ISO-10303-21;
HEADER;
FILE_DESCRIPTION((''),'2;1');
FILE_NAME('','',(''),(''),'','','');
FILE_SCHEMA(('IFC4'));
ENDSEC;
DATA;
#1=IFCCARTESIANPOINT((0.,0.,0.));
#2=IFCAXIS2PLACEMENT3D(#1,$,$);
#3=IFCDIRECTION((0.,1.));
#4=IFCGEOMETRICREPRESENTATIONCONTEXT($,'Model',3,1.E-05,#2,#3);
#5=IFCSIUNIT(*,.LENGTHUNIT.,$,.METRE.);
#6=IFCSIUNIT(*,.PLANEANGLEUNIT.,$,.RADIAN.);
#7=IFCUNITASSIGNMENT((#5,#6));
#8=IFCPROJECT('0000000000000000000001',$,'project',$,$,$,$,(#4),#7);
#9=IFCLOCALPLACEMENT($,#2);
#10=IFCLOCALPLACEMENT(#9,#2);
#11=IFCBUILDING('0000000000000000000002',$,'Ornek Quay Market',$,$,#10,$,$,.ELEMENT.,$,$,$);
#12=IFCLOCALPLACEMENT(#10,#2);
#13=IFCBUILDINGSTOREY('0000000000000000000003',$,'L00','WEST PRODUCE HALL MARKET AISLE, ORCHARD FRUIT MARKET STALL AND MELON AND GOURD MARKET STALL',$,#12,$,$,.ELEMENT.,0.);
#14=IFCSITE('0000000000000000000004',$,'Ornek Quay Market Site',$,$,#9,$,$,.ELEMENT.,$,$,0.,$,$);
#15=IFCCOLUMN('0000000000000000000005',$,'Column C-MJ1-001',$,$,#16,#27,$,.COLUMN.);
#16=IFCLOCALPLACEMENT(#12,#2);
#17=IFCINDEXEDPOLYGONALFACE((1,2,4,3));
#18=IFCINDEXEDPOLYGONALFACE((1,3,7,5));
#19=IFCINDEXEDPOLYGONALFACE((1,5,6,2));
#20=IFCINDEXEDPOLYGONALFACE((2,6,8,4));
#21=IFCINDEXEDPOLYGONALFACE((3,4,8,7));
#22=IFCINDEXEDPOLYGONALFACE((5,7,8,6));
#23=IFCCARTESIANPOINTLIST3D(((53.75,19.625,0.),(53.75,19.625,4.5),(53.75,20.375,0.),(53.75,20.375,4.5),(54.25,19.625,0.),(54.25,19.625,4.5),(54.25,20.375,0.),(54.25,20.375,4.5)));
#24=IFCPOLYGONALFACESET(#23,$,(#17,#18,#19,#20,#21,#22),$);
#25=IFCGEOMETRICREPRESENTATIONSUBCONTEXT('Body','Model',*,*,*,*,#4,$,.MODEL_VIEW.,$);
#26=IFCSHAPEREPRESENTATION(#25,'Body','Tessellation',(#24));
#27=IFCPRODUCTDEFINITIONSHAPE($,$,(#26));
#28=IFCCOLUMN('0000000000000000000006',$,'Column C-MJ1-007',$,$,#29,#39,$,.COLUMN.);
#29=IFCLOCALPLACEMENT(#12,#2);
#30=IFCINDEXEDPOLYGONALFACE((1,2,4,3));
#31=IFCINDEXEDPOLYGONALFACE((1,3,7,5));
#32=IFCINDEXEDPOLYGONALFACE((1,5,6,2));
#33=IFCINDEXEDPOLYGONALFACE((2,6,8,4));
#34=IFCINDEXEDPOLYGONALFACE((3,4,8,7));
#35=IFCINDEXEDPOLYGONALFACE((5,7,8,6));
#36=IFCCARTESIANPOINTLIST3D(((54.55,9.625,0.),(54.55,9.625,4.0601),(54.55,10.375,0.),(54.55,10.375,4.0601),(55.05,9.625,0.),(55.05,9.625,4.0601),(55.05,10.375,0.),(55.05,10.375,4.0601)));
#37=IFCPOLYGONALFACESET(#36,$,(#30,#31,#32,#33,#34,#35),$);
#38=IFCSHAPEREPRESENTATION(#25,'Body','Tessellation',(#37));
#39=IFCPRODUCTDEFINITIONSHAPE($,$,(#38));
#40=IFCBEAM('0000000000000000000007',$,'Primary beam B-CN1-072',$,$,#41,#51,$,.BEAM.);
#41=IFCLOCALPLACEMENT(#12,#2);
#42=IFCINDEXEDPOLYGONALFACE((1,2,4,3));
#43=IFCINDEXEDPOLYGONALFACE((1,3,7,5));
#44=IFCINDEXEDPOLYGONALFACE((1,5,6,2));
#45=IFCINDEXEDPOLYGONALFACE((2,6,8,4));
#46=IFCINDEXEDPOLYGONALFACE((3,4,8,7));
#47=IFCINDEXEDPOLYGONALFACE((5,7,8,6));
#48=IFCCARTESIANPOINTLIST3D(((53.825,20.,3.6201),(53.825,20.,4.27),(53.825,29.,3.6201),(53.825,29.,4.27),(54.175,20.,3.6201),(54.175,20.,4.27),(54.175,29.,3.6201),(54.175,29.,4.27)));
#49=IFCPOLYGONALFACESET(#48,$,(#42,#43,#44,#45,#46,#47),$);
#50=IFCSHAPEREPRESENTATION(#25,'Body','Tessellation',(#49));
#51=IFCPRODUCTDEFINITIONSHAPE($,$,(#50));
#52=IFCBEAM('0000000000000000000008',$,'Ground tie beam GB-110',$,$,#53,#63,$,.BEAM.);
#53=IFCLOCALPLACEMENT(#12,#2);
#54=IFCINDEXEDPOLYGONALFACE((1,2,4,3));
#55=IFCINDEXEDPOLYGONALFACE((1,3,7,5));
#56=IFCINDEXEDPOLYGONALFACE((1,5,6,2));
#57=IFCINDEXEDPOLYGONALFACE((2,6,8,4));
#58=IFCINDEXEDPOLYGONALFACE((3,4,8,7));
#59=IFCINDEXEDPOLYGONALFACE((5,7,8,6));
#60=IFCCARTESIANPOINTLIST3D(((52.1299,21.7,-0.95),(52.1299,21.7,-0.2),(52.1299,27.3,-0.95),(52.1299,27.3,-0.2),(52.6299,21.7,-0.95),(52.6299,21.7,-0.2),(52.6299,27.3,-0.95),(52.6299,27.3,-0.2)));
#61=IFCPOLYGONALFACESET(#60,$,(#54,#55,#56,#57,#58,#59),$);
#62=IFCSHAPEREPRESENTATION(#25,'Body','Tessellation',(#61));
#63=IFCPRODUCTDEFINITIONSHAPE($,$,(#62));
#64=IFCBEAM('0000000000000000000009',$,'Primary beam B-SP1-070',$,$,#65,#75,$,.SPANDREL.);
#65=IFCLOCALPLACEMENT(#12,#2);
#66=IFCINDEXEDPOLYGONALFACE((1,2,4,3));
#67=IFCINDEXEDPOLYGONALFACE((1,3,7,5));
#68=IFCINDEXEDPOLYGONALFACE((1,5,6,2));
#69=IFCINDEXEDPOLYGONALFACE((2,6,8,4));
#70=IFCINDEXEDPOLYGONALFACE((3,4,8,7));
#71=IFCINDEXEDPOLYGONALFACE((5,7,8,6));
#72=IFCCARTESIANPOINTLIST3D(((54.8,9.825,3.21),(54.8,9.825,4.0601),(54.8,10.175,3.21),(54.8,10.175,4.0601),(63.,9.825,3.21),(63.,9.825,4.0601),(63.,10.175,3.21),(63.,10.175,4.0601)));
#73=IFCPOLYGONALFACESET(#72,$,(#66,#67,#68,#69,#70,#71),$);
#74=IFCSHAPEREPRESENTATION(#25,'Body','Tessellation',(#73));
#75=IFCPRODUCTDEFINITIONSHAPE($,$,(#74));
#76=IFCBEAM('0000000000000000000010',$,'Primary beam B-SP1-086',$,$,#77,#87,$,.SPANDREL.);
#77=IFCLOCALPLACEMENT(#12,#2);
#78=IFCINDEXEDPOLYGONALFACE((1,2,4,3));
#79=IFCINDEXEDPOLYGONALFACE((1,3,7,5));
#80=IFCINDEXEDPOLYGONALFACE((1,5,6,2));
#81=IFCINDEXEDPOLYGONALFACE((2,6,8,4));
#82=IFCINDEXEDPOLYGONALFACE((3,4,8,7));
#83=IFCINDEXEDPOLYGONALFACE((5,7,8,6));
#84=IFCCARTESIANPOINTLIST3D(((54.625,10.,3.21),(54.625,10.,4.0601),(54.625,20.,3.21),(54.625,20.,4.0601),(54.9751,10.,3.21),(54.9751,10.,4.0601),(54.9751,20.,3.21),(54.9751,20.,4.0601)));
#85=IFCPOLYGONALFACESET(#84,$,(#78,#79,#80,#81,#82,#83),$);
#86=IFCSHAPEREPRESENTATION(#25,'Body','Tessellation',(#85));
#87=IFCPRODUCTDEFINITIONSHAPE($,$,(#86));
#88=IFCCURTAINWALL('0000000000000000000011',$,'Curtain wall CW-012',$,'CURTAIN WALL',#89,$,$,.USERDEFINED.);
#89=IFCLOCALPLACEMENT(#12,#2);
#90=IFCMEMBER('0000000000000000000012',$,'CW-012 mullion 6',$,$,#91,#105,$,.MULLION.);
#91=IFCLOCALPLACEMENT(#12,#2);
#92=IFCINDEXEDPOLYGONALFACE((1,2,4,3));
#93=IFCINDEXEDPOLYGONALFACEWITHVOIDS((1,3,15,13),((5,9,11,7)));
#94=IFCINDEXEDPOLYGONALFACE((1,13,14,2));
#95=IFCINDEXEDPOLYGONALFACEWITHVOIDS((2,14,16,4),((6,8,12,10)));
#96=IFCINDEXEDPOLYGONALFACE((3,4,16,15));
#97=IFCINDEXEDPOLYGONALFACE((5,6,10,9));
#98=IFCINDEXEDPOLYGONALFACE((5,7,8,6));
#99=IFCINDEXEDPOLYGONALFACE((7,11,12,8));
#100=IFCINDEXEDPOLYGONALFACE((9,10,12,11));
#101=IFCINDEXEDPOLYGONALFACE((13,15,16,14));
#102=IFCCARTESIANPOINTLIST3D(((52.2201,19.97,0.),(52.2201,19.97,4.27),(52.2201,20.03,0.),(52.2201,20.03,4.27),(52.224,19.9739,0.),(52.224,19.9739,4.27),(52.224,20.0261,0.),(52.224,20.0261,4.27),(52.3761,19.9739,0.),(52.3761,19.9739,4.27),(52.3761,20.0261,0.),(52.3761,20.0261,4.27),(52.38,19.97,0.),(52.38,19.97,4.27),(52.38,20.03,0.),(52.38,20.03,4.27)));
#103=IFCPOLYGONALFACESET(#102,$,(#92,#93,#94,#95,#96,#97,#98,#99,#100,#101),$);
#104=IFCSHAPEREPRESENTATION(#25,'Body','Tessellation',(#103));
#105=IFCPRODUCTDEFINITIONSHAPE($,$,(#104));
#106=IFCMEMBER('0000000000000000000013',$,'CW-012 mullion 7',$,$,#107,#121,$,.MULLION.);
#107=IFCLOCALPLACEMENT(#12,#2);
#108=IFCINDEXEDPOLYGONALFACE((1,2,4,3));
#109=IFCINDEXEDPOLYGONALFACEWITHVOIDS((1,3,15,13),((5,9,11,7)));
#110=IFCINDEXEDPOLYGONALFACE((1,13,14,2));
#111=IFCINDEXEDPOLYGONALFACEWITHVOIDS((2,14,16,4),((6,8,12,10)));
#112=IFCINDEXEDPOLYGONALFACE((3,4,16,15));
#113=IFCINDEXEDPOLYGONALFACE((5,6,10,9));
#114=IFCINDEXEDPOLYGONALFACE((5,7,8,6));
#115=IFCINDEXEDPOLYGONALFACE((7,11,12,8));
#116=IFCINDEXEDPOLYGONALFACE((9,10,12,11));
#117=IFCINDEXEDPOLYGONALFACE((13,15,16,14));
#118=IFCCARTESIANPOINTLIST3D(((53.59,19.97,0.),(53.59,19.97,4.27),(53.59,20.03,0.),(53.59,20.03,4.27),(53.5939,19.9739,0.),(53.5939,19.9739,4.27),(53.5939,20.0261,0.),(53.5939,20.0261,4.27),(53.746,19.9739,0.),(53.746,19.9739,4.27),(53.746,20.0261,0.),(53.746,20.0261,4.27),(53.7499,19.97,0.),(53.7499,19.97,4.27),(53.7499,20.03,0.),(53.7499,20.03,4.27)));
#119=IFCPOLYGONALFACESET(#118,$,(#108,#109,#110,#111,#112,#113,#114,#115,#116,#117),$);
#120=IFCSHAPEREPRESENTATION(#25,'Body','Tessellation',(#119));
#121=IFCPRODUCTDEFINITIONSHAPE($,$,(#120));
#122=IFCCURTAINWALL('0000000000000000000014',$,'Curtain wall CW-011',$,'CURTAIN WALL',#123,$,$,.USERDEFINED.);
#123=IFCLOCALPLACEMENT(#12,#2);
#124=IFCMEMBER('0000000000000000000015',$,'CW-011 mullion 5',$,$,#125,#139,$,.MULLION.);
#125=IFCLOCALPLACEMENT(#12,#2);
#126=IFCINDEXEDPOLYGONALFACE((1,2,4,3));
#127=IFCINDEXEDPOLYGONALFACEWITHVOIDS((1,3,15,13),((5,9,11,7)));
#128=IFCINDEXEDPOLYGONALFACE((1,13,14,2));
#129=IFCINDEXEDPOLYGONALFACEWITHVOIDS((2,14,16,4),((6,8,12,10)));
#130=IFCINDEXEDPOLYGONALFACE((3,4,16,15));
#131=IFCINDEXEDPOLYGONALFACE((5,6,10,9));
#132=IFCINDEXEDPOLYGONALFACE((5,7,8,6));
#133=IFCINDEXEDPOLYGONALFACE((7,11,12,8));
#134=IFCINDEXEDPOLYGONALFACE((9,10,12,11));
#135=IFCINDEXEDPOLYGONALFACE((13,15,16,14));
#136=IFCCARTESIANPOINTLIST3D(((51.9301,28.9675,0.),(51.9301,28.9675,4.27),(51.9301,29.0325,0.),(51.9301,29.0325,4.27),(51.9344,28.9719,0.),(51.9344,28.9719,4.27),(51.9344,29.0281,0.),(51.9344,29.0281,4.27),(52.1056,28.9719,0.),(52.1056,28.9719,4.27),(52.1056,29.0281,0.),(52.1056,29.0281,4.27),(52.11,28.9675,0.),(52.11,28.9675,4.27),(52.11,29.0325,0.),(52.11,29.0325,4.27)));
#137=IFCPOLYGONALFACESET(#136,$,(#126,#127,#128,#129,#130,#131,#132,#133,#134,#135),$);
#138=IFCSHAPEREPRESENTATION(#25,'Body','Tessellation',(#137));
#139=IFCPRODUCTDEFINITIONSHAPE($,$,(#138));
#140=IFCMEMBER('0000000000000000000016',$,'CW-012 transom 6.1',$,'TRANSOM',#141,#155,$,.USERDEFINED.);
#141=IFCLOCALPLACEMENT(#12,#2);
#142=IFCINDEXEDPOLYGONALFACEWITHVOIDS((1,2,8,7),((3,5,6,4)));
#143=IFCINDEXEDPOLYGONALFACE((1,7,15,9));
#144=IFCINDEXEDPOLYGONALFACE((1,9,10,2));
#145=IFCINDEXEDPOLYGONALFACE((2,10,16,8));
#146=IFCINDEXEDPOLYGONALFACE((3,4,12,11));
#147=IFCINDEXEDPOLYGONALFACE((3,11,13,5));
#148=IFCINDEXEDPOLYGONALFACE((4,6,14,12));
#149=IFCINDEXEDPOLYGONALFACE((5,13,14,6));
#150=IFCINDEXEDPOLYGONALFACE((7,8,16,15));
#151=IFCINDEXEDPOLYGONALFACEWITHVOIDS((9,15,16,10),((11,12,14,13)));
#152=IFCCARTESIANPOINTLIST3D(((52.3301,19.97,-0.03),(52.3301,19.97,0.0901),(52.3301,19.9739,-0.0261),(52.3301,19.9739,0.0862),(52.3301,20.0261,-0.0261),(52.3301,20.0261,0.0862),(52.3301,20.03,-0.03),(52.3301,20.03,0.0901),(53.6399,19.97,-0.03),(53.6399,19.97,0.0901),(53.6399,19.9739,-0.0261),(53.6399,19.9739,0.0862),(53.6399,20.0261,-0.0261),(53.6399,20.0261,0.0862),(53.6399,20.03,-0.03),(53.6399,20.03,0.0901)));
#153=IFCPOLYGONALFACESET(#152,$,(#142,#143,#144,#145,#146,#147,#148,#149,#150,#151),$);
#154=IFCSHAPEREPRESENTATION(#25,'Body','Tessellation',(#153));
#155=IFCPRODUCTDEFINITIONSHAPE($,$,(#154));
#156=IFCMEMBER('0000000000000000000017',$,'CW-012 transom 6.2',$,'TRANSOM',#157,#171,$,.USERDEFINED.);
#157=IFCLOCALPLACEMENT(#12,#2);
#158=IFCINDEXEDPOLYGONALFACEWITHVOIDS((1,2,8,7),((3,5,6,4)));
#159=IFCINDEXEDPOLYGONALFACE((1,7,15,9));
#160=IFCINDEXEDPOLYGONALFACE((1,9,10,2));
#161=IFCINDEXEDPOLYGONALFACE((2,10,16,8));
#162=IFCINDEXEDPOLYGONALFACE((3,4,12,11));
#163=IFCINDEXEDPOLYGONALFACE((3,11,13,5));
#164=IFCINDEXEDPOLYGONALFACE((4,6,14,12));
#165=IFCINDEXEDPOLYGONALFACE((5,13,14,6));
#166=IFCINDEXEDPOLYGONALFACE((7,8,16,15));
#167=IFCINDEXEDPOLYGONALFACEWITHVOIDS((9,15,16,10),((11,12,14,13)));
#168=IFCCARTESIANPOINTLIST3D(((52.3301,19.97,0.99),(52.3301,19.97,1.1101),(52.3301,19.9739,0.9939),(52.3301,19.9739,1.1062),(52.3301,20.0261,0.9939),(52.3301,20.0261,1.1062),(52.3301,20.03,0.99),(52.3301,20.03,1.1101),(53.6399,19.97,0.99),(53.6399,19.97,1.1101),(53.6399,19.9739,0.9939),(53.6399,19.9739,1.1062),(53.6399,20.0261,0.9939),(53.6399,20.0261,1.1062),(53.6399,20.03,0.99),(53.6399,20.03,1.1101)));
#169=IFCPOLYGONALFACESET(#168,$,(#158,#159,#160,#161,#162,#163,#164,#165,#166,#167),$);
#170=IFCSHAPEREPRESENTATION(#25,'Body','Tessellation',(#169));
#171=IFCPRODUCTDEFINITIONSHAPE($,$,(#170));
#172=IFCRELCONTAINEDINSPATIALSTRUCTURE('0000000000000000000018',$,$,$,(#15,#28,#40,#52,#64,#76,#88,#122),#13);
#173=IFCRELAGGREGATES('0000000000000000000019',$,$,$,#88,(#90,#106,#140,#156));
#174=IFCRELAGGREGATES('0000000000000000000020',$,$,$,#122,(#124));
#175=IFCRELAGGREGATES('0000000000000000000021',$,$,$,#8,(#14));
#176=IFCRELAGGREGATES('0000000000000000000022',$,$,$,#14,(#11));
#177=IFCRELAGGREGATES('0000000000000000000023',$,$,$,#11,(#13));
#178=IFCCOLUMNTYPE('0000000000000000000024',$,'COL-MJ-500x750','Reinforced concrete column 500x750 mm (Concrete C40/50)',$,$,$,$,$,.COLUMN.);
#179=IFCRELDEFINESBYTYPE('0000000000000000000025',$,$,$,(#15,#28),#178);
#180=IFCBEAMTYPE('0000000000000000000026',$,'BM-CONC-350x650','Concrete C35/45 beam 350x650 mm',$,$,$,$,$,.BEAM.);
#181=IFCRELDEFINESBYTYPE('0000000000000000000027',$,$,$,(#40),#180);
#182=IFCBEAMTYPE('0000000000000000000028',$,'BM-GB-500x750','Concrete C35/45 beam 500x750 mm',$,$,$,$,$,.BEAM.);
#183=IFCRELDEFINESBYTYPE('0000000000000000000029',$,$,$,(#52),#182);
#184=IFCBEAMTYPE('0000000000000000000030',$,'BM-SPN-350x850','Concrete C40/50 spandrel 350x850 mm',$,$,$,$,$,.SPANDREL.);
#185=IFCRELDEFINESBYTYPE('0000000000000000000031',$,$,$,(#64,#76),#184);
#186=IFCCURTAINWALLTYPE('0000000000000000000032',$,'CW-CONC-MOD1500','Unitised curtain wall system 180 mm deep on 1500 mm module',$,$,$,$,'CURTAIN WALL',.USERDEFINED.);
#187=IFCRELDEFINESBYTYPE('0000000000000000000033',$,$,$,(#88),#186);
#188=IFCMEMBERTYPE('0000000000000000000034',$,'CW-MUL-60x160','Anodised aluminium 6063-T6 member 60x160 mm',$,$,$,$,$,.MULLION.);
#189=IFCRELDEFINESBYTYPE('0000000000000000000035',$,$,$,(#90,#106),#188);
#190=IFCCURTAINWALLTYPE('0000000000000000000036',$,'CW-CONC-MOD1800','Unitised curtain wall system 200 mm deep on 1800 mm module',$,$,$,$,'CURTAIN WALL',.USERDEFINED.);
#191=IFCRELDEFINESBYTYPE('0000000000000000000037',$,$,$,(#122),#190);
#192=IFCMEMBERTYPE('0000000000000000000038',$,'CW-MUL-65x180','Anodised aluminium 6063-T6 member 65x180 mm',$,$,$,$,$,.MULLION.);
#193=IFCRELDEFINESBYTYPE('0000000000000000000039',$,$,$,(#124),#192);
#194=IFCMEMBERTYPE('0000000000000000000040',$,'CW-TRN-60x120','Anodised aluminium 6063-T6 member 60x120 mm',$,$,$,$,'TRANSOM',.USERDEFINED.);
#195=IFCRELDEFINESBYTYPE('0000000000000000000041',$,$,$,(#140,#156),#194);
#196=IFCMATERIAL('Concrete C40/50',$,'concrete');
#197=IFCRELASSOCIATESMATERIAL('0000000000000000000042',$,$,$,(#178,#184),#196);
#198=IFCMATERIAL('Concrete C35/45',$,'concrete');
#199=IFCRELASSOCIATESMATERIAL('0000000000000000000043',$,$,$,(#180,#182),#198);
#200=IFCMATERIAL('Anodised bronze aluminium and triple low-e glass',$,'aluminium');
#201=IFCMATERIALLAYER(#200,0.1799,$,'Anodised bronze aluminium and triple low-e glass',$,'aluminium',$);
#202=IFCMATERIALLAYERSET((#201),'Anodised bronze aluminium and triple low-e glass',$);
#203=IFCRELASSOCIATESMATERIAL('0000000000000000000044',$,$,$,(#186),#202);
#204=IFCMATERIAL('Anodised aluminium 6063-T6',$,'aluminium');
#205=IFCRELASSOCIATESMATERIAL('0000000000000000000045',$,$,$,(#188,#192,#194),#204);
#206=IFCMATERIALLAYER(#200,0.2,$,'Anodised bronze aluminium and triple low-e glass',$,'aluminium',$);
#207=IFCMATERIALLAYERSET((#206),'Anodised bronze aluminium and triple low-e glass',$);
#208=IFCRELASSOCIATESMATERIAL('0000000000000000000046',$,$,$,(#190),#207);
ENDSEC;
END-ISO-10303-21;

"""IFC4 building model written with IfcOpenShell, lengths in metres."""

from ifc_helpers import new_model, si_unit, direction, frame, origin, origin_2d, place, context, subcontext, project, spatial, rectangle, hollow_rectangle, extrude, material, layer, layer_set, material_profile, profile_set, type_object, element, aggregate, save


model = new_model("IFC4")

# Units and contexts
model_context = context("Model", 3, precision=1e-05, world=origin(), true_north=direction((0.0, 1.0)))
body_context = subcontext(model_context, "Body", "Model", "MODEL_VIEW")
ifc_project = project(units=[si_unit("LENGTHUNIT", "METRE"), si_unit("PLANEANGLEUNIT", "RADIAN")], contexts=[model_context])

# Site, building, storey
site_placement = place(None, origin())
site = spatial("IfcSite", under=ifc_project, at=site_placement, Name="Ornek Quay Market Site", CompositionType="ELEMENT", RefElevation=0.0)
building_placement = place(site_placement, origin())
building = spatial("IfcBuilding", under=site, at=building_placement, Name="Ornek Quay Market", CompositionType="ELEMENT")
storey_placement = place(building_placement, origin())
storey = spatial("IfcBuildingStorey", under=building, at=storey_placement, Name="L00", Description="WEST PRODUCE HALL MARKET AISLE, ORCHARD FRUIT MARKET STALL AND MELON AND GOURD MARKET STALL", CompositionType="ELEMENT", Elevation=0.0)

# Shared definitions
ifc_material_1 = material(Name="Concrete C35/45", Category="concrete")

# Columns
ifc_material_2 = material(Name="Concrete C40/50", Category="concrete")
ifc_material_profile_1 = material_profile(ifc_material_2, rectangle(XDim=0.5, YDim=0.75, at=origin_2d()), Name="RC 500x750", Category="concrete")
ifc_profile_set_1 = profile_set([ifc_material_profile_1], Name="Concrete C40/50")
column_type = type_object("IfcColumnType", Name="COL-MJ-500x750", Description="Reinforced concrete column 500x750 mm (Concrete C40/50)", PredefinedType="COLUMN", material=ifc_profile_set_1)
column_1_placement = place(storey_placement, frame((54.0, 20.0, 0.0), z_axis=(0.0, 0.0, 1.0), x_axis=(1.0, 0.0, 0.0)))
element("IfcColumn", 1, at=column_1_placement, inside=storey, type_object=column_type, Name="Column C-MJ1-001", PredefinedType="COLUMN", context=body_context, shape_type="SweptSolid", body=[
    extrude(rectangle(XDim=0.5, YDim=0.75, at=origin_2d()), origin(), (0.0, 0.0, 1.0), 4.5),
])
column_2_placement = place(storey_placement, frame((54.8, 10.0, 0.0), z_axis=(0.0, 0.0, 1.0), x_axis=(1.0, 0.0, 0.0)))
element("IfcColumn", 2, at=column_2_placement, inside=storey, type_object=column_type, Name="Column C-MJ1-007", PredefinedType="COLUMN", context=body_context, shape_type="SweptSolid", body=[
    extrude(rectangle(XDim=0.5, YDim=0.75, at=origin_2d()), origin(), (0.0, 0.0, 1.0), 4.0601),
])

# Beams
ifc_material_profile_2 = material_profile(ifc_material_1, rectangle(XDim=0.3501, YDim=0.6499, at=origin_2d()), Name="RC 350x650", Category="concrete")
ifc_profile_set_2 = profile_set([ifc_material_profile_2], Name="Concrete C35/45")
beam_type_1 = type_object("IfcBeamType", Name="BM-CONC-350x650", Description="Concrete C35/45 beam 350x650 mm", PredefinedType="BEAM", material=ifc_profile_set_2)
beam_1_placement = place(storey_placement, frame((54.0, 20.0, 3.9451), z_axis=(0.0, 1.0, 0.0), x_axis=(-1.0, 0.0, 0.0)))
element("IfcBeam", 3, at=beam_1_placement, inside=storey, type_object=beam_type_1, Name="Primary beam B-CN1-072", PredefinedType="BEAM", context=body_context, shape_type="SweptSolid", body=[
    extrude(rectangle(XDim=0.3501, YDim=0.6499, at=origin_2d()), origin(), (0.0, 0.0, 1.0), 9.0),
])
ifc_material_profile_3 = material_profile(ifc_material_1, rectangle(XDim=0.5, YDim=0.75, at=origin_2d()), Name="RC 500x750", Category="concrete")
ifc_profile_set_3 = profile_set([ifc_material_profile_3], Name="Concrete C35/45")
beam_type_2 = type_object("IfcBeamType", Name="BM-GB-500x750", Description="Concrete C35/45 beam 500x750 mm", PredefinedType="BEAM", material=ifc_profile_set_3)
beam_2_placement = place(storey_placement, frame((52.3799, 21.7, -0.575), z_axis=(0.0, 1.0, 0.0), x_axis=(-1.0, 0.0, 0.0)))
element("IfcBeam", 4, at=beam_2_placement, inside=storey, type_object=beam_type_2, Name="Ground tie beam GB-110", PredefinedType="BEAM", context=body_context, shape_type="SweptSolid", body=[
    extrude(rectangle(XDim=0.5, YDim=0.75, at=origin_2d()), origin(), (0.0, 0.0, 1.0), 5.6001),
])
ifc_material_profile_4 = material_profile(ifc_material_2, rectangle(XDim=0.3501, YDim=0.8501, at=origin_2d()), Name="RC 350x850", Category="concrete")
ifc_profile_set_4 = profile_set([ifc_material_profile_4], Name="Concrete C40/50")
beam_type_3 = type_object("IfcBeamType", Name="BM-SPN-350x850", Description="Concrete C40/50 spandrel 350x850 mm", PredefinedType="SPANDREL", material=ifc_profile_set_4)
beam_3_placement = place(storey_placement, frame((54.8, 10.0, 3.635), z_axis=(1.0, 0.0, 0.0), x_axis=(0.0, 1.0, 0.0)))
element("IfcBeam", 5, at=beam_3_placement, inside=storey, type_object=beam_type_3, Name="Primary beam B-SP1-070", PredefinedType="SPANDREL", context=body_context, shape_type="SweptSolid", body=[
    extrude(rectangle(XDim=0.3501, YDim=0.8501, at=origin_2d()), origin(), (0.0, 0.0, 1.0), 8.2),
])
beam_4_placement = place(storey_placement, frame((54.8, 10.0, 3.635), z_axis=(0.0, 1.0, 0.0), x_axis=(-1.0, 0.0, 0.0)))
element("IfcBeam", 6, at=beam_4_placement, inside=storey, type_object=beam_type_3, Name="Primary beam B-SP1-086", PredefinedType="SPANDREL", context=body_context, shape_type="SweptSolid", body=[
    extrude(rectangle(XDim=0.3501, YDim=0.8501, at=origin_2d()), origin(), (0.0, 0.0, 1.0), 10.0),
])

# Curtain wall, members
ifc_material_3 = material(Name="Anodised bronze aluminium and triple low-e glass", Category="aluminium")
ifc_layer_1 = layer(ifc_material_3, 0.1799, Name="Anodised bronze aluminium and triple low-e glass", Category="aluminium")
ifc_layer_set_1 = layer_set([ifc_layer_1], Name="Anodised bronze aluminium and triple low-e glass")
curtain_wall_type_1 = type_object("IfcCurtainWallType", Name="CW-CONC-MOD1500", Description="Unitised curtain wall system 180 mm deep on 1500 mm module", ElementType="CURTAIN WALL", PredefinedType="USERDEFINED", material=ifc_layer_set_1)
curtain_wall_1_placement = place(storey_placement, origin())
curtain_wall_1 = element("IfcCurtainWall", 7, at=curtain_wall_1_placement, inside=storey, type_object=curtain_wall_type_1, Name="Curtain wall CW-012", ObjectType="CURTAIN WALL", PredefinedType="USERDEFINED")
ifc_material_4 = material(Name="Anodised aluminium 6063-T6", Category="aluminium")
ifc_material_profile_5 = material_profile(ifc_material_4, hollow_rectangle(XDim=0.0601, YDim=0.1599, WallThickness=0.0039, at=origin_2d()), Name="CW-MUL-60x160", Category="aluminium")
ifc_profile_set_5 = profile_set([ifc_material_profile_5], Name="Anodised aluminium 6063-T6")
member_type_1 = type_object("IfcMemberType", Name="CW-MUL-60x160", Description="Anodised aluminium 6063-T6 member 60x160 mm", PredefinedType="MULLION", material=ifc_profile_set_5)
member_1_placement = place(storey_placement, frame((52.3, 20.0, 0.0), z_axis=(0.0, 0.0, 1.0), x_axis=(0.0, 1.0, 0.0)))
member_1 = element("IfcMember", 8, at=member_1_placement, type_object=member_type_1, Name="CW-012 mullion 6", PredefinedType="MULLION", context=body_context, shape_type="SweptSolid", body=[
    extrude(hollow_rectangle(XDim=0.0601, YDim=0.1599, WallThickness=0.0039, at=origin_2d()), origin(), (0.0, 0.0, 1.0), 4.27),
])
member_2_placement = place(storey_placement, frame((53.6699, 20.0, 0.0), z_axis=(0.0, 0.0, 1.0), x_axis=(0.0, 1.0, 0.0)))
member_2 = element("IfcMember", 9, at=member_2_placement, type_object=member_type_1, Name="CW-012 mullion 7", PredefinedType="MULLION", context=body_context, shape_type="SweptSolid", body=[
    extrude(hollow_rectangle(XDim=0.0601, YDim=0.1599, WallThickness=0.0039, at=origin_2d()), origin(), (0.0, 0.0, 1.0), 4.27),
])

# Curtain wall, member
ifc_layer_2 = layer(ifc_material_3, 0.2, Name="Anodised bronze aluminium and triple low-e glass", Category="aluminium")
ifc_layer_set_2 = layer_set([ifc_layer_2], Name="Anodised bronze aluminium and triple low-e glass")
curtain_wall_type_2 = type_object("IfcCurtainWallType", Name="CW-CONC-MOD1800", Description="Unitised curtain wall system 200 mm deep on 1800 mm module", ElementType="CURTAIN WALL", PredefinedType="USERDEFINED", material=ifc_layer_set_2)
curtain_wall_2_placement = place(storey_placement, origin())
curtain_wall_2 = element("IfcCurtainWall", 10, at=curtain_wall_2_placement, inside=storey, type_object=curtain_wall_type_2, Name="Curtain wall CW-011", ObjectType="CURTAIN WALL", PredefinedType="USERDEFINED")
ifc_material_profile_6 = material_profile(ifc_material_4, hollow_rectangle(XDim=0.0649, YDim=0.1799, WallThickness=0.0044, at=origin_2d()), Name="CW-MUL-65x180", Category="aluminium")
ifc_profile_set_6 = profile_set([ifc_material_profile_6], Name="Anodised aluminium 6063-T6")
member_type_2 = type_object("IfcMemberType", Name="CW-MUL-65x180", Description="Anodised aluminium 6063-T6 member 65x180 mm", PredefinedType="MULLION", material=ifc_profile_set_6)
member_3_placement = place(storey_placement, frame((52.02, 29.0, 0.0), z_axis=(0.0, 0.0, 1.0), x_axis=(0.0, 1.0, 0.0)))
member_3 = element("IfcMember", 11, at=member_3_placement, type_object=member_type_2, Name="CW-011 mullion 5", PredefinedType="MULLION", context=body_context, shape_type="SweptSolid", body=[
    extrude(hollow_rectangle(XDim=0.0649, YDim=0.1799, WallThickness=0.0044, at=origin_2d()), origin(), (0.0, 0.0, 1.0), 4.27),
])

# Members
ifc_material_profile_7 = material_profile(ifc_material_4, hollow_rectangle(XDim=0.0601, YDim=0.1201, WallThickness=0.0039, at=origin_2d()), Name="CW-TRN-60x120", Category="aluminium")
ifc_profile_set_7 = profile_set([ifc_material_profile_7], Name="Anodised aluminium 6063-T6")
member_type_3 = type_object("IfcMemberType", Name="CW-TRN-60x120", Description="Anodised aluminium 6063-T6 member 60x120 mm", ElementType="TRANSOM", PredefinedType="USERDEFINED", material=ifc_profile_set_7)
member_4_placement = place(storey_placement, frame((52.3301, 20.0, 0.03), z_axis=(1.0, 0.0, 0.0), x_axis=(0.0, 1.0, 0.0)))
member_4 = element("IfcMember", 12, at=member_4_placement, type_object=member_type_3, Name="CW-012 transom 6.1", ObjectType="TRANSOM", PredefinedType="USERDEFINED", context=body_context, shape_type="SweptSolid", body=[
    extrude(hollow_rectangle(XDim=0.0601, YDim=0.1201, WallThickness=0.0039, at=origin_2d()), origin(), (0.0, 0.0, 1.0), 1.3098),
])
member_5_placement = place(storey_placement, frame((52.3301, 20.0, 1.05), z_axis=(1.0, 0.0, 0.0), x_axis=(0.0, 1.0, 0.0)))
member_5 = element("IfcMember", 13, at=member_5_placement, type_object=member_type_3, Name="CW-012 transom 6.2", ObjectType="TRANSOM", PredefinedType="USERDEFINED", context=body_context, shape_type="SweptSolid", body=[
    extrude(hollow_rectangle(XDim=0.0601, YDim=0.1201, WallThickness=0.0039, at=origin_2d()), origin(), (0.0, 0.0, 1.0), 1.3098),
])

aggregate(curtain_wall_1, [member_1, member_2, member_4, member_5])
aggregate(curtain_wall_2, [member_3])

save(model, "model.ifc")
